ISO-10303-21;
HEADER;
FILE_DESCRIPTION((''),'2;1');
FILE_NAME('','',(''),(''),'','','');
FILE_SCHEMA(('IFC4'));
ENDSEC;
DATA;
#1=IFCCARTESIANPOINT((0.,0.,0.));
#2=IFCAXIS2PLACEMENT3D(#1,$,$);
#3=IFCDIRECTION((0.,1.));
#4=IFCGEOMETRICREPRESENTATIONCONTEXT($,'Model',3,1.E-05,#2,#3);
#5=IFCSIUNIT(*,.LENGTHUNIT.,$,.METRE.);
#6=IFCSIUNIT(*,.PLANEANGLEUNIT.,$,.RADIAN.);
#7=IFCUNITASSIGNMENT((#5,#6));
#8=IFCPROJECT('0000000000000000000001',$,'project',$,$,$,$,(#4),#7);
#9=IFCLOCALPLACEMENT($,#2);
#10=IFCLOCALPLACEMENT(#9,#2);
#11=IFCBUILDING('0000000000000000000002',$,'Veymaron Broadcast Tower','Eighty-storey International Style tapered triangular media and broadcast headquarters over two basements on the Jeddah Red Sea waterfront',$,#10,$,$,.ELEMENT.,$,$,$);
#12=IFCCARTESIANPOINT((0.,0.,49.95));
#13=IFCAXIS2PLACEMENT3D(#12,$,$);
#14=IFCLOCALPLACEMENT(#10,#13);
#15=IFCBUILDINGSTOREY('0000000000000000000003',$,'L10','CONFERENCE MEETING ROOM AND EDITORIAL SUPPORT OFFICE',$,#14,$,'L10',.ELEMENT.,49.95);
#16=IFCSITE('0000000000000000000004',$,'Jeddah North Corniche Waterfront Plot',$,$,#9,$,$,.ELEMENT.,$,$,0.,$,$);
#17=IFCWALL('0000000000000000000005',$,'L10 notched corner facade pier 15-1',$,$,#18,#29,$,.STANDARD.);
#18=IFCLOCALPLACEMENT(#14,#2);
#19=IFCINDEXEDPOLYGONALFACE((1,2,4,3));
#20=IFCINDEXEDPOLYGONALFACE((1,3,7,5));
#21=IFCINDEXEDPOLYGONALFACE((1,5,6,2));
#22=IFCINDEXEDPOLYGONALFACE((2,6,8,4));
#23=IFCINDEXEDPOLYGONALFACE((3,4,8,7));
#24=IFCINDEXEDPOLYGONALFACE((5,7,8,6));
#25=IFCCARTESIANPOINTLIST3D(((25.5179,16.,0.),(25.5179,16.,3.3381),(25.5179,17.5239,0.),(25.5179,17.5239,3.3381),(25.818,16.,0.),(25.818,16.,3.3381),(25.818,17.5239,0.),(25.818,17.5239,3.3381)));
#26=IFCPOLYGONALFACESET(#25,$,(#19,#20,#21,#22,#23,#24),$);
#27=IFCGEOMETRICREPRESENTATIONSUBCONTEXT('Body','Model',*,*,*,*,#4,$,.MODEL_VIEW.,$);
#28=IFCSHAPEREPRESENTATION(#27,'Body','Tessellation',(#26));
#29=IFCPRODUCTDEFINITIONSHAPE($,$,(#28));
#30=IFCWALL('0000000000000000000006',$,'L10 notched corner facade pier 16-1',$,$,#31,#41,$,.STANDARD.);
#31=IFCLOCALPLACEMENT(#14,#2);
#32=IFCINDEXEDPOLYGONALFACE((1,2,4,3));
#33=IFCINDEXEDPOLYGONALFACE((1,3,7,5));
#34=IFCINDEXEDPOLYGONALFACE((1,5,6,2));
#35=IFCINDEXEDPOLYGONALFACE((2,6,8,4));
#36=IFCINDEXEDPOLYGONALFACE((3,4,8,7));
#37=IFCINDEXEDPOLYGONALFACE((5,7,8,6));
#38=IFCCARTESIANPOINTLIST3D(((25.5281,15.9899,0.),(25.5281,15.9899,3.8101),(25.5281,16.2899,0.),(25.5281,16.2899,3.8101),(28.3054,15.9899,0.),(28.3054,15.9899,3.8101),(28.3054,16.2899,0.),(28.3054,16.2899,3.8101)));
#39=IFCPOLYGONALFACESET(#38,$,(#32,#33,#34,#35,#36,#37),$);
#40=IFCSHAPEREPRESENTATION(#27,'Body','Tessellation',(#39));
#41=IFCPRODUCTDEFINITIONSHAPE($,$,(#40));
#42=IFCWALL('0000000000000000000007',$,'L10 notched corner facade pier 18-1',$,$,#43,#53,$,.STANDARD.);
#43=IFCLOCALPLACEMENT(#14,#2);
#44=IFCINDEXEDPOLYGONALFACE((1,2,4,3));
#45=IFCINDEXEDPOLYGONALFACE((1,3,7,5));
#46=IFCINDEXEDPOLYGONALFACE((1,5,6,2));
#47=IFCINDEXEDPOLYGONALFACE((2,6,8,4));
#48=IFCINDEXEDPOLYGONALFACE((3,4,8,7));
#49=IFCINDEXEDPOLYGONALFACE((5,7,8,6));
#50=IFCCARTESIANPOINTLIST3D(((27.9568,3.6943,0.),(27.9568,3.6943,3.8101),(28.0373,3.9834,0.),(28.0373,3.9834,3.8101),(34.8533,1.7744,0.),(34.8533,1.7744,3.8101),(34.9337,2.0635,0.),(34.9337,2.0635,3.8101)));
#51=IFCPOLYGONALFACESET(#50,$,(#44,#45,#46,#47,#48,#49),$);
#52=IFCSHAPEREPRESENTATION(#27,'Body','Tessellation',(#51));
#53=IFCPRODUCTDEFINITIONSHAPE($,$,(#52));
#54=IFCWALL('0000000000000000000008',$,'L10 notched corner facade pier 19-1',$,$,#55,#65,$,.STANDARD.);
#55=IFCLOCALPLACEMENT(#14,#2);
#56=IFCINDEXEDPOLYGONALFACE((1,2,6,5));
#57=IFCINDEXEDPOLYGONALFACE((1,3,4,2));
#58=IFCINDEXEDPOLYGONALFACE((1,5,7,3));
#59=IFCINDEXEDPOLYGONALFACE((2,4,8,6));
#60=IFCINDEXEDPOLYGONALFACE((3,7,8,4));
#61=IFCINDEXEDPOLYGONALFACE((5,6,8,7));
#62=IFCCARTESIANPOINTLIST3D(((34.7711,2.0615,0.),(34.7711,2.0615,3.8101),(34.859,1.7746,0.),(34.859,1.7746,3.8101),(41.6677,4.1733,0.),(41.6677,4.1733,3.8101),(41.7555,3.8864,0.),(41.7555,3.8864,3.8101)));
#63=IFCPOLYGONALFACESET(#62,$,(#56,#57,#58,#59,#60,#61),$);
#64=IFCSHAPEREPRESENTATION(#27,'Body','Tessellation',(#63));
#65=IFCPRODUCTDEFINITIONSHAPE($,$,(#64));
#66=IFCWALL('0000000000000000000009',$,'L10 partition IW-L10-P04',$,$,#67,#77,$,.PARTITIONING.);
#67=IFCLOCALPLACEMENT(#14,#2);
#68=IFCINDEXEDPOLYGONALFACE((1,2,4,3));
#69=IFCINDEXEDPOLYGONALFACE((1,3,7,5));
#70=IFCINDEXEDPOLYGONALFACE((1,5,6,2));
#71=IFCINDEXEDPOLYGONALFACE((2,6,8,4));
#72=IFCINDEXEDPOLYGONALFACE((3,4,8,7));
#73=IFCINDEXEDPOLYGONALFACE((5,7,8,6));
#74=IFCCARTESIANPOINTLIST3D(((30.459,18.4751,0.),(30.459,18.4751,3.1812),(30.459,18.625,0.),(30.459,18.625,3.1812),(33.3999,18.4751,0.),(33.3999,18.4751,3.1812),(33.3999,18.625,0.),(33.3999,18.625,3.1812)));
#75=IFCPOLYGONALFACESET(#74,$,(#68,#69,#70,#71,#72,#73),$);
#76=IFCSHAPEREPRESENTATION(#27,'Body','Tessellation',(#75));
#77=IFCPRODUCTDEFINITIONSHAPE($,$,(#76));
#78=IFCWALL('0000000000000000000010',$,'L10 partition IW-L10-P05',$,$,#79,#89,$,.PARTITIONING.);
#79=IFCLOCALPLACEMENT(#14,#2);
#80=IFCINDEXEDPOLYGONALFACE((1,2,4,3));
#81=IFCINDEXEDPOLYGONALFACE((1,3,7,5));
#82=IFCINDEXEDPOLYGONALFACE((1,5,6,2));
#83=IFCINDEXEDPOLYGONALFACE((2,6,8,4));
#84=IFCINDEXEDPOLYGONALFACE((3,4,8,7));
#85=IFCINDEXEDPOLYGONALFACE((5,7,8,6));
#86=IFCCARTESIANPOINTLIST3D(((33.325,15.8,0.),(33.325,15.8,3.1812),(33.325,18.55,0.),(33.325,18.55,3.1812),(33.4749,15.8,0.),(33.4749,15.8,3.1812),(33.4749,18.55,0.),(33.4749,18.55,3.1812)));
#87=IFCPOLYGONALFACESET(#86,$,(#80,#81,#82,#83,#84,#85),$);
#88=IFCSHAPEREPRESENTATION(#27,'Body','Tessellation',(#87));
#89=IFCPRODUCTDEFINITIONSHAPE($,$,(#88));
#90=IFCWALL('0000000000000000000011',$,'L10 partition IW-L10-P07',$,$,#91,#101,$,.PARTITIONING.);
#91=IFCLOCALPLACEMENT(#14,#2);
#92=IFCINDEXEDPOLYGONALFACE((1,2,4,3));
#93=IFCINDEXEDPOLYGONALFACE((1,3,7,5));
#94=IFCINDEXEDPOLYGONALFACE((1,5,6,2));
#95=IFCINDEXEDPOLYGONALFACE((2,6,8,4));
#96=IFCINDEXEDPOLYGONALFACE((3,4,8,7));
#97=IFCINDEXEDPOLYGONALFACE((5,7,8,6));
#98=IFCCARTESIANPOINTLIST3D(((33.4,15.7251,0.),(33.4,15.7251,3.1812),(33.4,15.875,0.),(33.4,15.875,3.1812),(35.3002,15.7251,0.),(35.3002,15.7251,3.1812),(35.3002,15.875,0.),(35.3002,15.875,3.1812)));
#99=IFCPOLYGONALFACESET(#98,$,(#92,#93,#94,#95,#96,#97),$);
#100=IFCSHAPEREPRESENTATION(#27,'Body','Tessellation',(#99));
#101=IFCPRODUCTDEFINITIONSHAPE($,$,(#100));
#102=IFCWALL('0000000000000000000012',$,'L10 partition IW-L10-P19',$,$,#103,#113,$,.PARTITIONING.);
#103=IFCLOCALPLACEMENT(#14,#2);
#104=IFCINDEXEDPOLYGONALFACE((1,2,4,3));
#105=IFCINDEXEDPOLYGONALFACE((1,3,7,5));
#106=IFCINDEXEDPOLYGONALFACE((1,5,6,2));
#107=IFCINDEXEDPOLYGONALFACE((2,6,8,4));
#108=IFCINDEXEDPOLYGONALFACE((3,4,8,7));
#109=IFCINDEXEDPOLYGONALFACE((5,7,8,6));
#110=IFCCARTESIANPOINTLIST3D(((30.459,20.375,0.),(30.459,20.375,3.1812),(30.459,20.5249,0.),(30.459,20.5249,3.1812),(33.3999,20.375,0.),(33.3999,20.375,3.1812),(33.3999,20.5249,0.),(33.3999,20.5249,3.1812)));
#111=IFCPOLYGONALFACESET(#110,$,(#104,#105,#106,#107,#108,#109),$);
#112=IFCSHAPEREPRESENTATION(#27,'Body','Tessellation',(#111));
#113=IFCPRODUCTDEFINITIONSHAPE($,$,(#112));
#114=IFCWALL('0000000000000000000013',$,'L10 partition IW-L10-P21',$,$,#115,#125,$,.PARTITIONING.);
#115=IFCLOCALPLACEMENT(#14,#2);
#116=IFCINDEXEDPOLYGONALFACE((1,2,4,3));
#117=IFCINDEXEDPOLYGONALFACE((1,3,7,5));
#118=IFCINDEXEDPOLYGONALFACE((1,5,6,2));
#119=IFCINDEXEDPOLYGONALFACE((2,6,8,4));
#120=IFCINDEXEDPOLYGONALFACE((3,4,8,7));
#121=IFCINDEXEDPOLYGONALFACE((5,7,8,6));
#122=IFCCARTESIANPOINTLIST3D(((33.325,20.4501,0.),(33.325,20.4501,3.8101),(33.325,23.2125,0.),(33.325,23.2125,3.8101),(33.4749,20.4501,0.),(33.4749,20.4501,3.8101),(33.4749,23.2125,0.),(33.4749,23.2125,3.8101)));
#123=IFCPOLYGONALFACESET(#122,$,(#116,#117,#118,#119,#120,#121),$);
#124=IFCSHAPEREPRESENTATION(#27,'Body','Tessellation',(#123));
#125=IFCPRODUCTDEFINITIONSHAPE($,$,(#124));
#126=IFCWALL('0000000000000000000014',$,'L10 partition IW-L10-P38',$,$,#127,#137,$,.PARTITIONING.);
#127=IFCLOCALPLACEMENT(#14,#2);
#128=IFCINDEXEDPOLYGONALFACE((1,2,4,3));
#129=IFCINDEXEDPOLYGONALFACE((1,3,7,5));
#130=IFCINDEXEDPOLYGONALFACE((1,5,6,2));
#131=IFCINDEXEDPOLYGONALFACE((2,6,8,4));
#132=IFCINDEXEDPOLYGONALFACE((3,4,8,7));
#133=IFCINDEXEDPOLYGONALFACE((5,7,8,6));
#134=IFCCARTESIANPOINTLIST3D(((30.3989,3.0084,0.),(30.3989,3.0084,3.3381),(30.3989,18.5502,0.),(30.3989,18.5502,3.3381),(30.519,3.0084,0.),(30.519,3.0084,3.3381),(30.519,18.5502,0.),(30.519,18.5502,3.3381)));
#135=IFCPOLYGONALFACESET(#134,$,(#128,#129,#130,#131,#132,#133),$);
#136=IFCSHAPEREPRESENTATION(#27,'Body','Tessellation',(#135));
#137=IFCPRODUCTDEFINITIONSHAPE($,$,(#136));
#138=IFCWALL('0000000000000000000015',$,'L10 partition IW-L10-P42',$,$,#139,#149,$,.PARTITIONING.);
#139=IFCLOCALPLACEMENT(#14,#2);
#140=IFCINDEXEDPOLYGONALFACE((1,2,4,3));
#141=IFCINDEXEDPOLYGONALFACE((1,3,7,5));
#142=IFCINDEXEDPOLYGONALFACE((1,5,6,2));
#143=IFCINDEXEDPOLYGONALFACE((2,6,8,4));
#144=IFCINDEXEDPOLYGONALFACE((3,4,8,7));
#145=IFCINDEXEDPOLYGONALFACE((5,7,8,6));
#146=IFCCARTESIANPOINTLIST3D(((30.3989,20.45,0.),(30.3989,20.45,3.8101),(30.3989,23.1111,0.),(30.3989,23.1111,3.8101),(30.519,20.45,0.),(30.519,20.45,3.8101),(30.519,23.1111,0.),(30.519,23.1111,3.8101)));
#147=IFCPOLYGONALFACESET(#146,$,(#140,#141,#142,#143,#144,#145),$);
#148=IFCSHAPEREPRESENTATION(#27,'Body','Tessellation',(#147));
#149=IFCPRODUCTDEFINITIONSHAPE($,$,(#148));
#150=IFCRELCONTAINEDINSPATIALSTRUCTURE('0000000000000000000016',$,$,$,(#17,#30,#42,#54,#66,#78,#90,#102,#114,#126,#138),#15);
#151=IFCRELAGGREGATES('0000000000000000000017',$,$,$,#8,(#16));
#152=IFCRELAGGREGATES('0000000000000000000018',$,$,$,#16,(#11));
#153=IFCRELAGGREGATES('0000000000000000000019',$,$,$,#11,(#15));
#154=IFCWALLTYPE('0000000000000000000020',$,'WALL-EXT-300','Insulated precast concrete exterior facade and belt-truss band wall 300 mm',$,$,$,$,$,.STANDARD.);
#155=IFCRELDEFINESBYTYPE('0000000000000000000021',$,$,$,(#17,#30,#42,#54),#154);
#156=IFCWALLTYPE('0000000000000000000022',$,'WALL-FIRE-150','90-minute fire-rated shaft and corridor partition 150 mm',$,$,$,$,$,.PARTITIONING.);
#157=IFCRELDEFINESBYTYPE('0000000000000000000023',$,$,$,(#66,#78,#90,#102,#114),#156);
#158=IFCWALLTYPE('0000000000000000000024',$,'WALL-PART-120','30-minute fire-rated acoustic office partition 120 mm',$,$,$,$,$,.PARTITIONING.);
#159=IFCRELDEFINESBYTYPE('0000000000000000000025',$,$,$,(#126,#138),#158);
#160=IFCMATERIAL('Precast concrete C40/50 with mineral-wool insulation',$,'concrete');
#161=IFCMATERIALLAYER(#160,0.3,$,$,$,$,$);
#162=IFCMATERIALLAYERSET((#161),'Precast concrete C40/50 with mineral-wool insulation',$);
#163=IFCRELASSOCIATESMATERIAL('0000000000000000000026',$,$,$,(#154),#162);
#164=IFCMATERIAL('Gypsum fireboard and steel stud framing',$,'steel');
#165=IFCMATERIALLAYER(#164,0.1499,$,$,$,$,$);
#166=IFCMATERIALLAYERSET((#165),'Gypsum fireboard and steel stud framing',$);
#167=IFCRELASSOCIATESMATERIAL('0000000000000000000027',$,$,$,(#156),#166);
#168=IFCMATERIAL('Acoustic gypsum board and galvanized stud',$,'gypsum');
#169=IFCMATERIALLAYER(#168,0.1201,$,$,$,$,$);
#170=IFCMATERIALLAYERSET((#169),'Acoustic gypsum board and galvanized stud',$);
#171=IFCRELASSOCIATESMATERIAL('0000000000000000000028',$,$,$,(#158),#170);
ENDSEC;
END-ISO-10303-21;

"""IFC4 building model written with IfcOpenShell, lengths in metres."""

from ifc_helpers import new_model, si_unit, direction, frame, frame_2d, origin, place, context, subcontext, project, spatial, rectangle, extrude, material, layer, layer_set, type_object, element, save


model = new_model("IFC4")

# Units and contexts
model_context = context("Model", 3, precision=1e-05, world=origin(), true_north=direction((0.0, 1.0)))
body_context = subcontext(model_context, "Body", "Model", "MODEL_VIEW")
ifc_project = project(units=[si_unit("LENGTHUNIT", "METRE"), si_unit("PLANEANGLEUNIT", "RADIAN")], contexts=[model_context])

# Site, building, storey
site_placement = place(None, origin())
site = spatial("IfcSite", under=ifc_project, at=site_placement, Name="Jeddah North Corniche Waterfront Plot", CompositionType="ELEMENT", RefElevation=0.0)
building_placement = place(site_placement, origin())
building = spatial("IfcBuilding", under=site, at=building_placement, Name="Veymaron Broadcast Tower", Description="Eighty-storey International Style tapered triangular media and broadcast headquarters over two basements on the Jeddah Red Sea waterfront", CompositionType="ELEMENT")
storey_placement = place(building_placement, frame((0.0, 0.0, 49.95)))
storey = spatial("IfcBuildingStorey", under=building, at=storey_placement, Name="L10", Description="CONFERENCE MEETING ROOM AND EDITORIAL SUPPORT OFFICE", LongName="L10", CompositionType="ELEMENT", Elevation=49.95)

# Walls
ifc_material_1 = material(Name="Precast concrete C40/50 with mineral-wool insulation", Category="concrete")
ifc_layer_1 = layer(ifc_material_1, 0.3)
ifc_layer_set_1 = layer_set([ifc_layer_1], Name="Precast concrete C40/50 with mineral-wool insulation")
wall_type_1 = type_object("IfcWallType", Name="WALL-EXT-300", Description="Insulated precast concrete exterior facade and belt-truss band wall 300 mm", PredefinedType="STANDARD", material=ifc_layer_set_1)
wall_1_placement = place(storey_placement, frame((25.668, 17.5239, 0.0), z_axis=(0.0, 0.0, 1.0), x_axis=(0.0, -1.0, 0.0)))
element("IfcWall", 1, at=wall_1_placement, inside=storey, type_object=wall_type_1, Name="L10 notched corner facade pier 15-1", PredefinedType="STANDARD", context=body_context, shape_type="SweptSolid", body=[
    extrude(rectangle(XDim=1.5239, YDim=0.3, at=frame_2d((0.762, 0.0))), origin(), (0.0, 0.0, 1.0), 3.3381),
])
wall_2_placement = place(storey_placement, frame((25.5281, 16.1399, 0.0), z_axis=(0.0, 0.0, 1.0), x_axis=(1.0, 0.0, 0.0)))
element("IfcWall", 2, at=wall_2_placement, inside=storey, type_object=wall_type_1, Name="L10 notched corner facade pier 16-1", PredefinedType="STANDARD", context=body_context, shape_type="SweptSolid", body=[
    extrude(rectangle(XDim=2.7773, YDim=0.3, at=frame_2d((1.3887, 0.0))), origin(), (0.0, 0.0, 1.0), 3.8101),
])
wall_3_placement = place(storey_placement, frame((27.9971, 3.8389, 0.0), z_axis=(0.0, 0.0, 1.0), x_axis=(0.963365, -0.268193, 0.0)))
element("IfcWall", 3, at=wall_3_placement, inside=storey, type_object=wall_type_1, Name="L10 notched corner facade pier 18-1", PredefinedType="STANDARD", context=body_context, shape_type="SweptSolid", body=[
    extrude(rectangle(XDim=7.1587, YDim=0.3, at=frame_2d((3.5793, 0.0))), origin(), (0.0, 0.0, 1.0), 3.8101),
])
wall_4_placement = place(storey_placement, frame((34.8149, 1.918, 0.0), z_axis=(0.0, 0.0, 1.0), x_axis=(0.956175, 0.292796, 0.0)))
element("IfcWall", 4, at=wall_4_placement, inside=storey, type_object=wall_type_1, Name="L10 notched corner facade pier 19-1", PredefinedType="STANDARD", context=body_context, shape_type="SweptSolid", body=[
    extrude(rectangle(XDim=7.2126, YDim=0.3, at=frame_2d((3.6064, 0.0))), origin(), (0.0, 0.0, 1.0), 3.8101),
])
ifc_material_2 = material(Name="Gypsum fireboard and steel stud framing", Category="steel")
ifc_layer_2 = layer(ifc_material_2, 0.1499)
ifc_layer_set_2 = layer_set([ifc_layer_2], Name="Gypsum fireboard and steel stud framing")
wall_type_2 = type_object("IfcWallType", Name="WALL-FIRE-150", Description="90-minute fire-rated shaft and corridor partition 150 mm", PredefinedType="PARTITIONING", material=ifc_layer_set_2)
wall_5_placement = place(storey_placement, frame((30.459, 18.55, 0.0), z_axis=(0.0, 0.0, 1.0), x_axis=(1.0, 0.0, 0.0)))
element("IfcWall", 5, at=wall_5_placement, inside=storey, type_object=wall_type_2, Name="L10 partition IW-L10-P04", PredefinedType="PARTITIONING", context=body_context, shape_type="SweptSolid", body=[
    extrude(rectangle(XDim=2.9409, YDim=0.1499, at=frame_2d((1.4705, 0.0))), origin(), (0.0, 0.0, 1.0), 3.1812),
])
wall_6_placement = place(storey_placement, frame((33.3999, 15.8, 0.0), z_axis=(0.0, 0.0, 1.0), x_axis=(0.0, 1.0, 0.0)))
element("IfcWall", 6, at=wall_6_placement, inside=storey, type_object=wall_type_2, Name="L10 partition IW-L10-P05", PredefinedType="PARTITIONING", context=body_context, shape_type="SweptSolid", body=[
    extrude(rectangle(XDim=2.75, YDim=0.1499, at=frame_2d((1.375, 0.0))), origin(), (0.0, 0.0, 1.0), 3.1812),
])
wall_7_placement = place(storey_placement, frame((33.3999, 15.8, 0.0), z_axis=(0.0, 0.0, 1.0), x_axis=(1.0, 0.0, 0.0)))
element("IfcWall", 7, at=wall_7_placement, inside=storey, type_object=wall_type_2, Name="L10 partition IW-L10-P07", PredefinedType="PARTITIONING", context=body_context, shape_type="SweptSolid", body=[
    extrude(rectangle(XDim=1.9001, YDim=0.1499, at=frame_2d((0.9502, 0.0))), origin(), (0.0, 0.0, 1.0), 3.1812),
])
wall_8_placement = place(storey_placement, frame((30.459, 20.45, 0.0), z_axis=(0.0, 0.0, 1.0), x_axis=(1.0, 0.0, 0.0)))
element("IfcWall", 8, at=wall_8_placement, inside=storey, type_object=wall_type_2, Name="L10 partition IW-L10-P19", PredefinedType="PARTITIONING", context=body_context, shape_type="SweptSolid", body=[
    extrude(rectangle(XDim=2.9409, YDim=0.1499, at=frame_2d((1.4705, 0.0))), origin(), (0.0, 0.0, 1.0), 3.1812),
])
wall_9_placement = place(storey_placement, frame((33.3999, 20.45, 0.0), z_axis=(0.0, 0.0, 1.0), x_axis=(0.0, 1.0, 0.0)))
element("IfcWall", 9, at=wall_9_placement, inside=storey, type_object=wall_type_2, Name="L10 partition IW-L10-P21", PredefinedType="PARTITIONING", context=body_context, shape_type="SweptSolid", body=[
    extrude(rectangle(XDim=2.7625, YDim=0.1499, at=frame_2d((1.3813, 0.0))), origin(), (0.0, 0.0, 1.0), 3.8101),
])
ifc_material_3 = material(Name="Acoustic gypsum board and galvanized stud", Category="gypsum")
ifc_layer_3 = layer(ifc_material_3, 0.1201)
ifc_layer_set_3 = layer_set([ifc_layer_3], Name="Acoustic gypsum board and galvanized stud")
wall_type_3 = type_object("IfcWallType", Name="WALL-PART-120", Description="30-minute fire-rated acoustic office partition 120 mm", PredefinedType="PARTITIONING", material=ifc_layer_set_3)
wall_10_placement = place(storey_placement, frame((30.459, 3.0083, 0.0), z_axis=(0.0, 0.0, 1.0), x_axis=(0.0, 1.0, 0.0)))
element("IfcWall", 10, at=wall_10_placement, inside=storey, type_object=wall_type_3, Name="L10 partition IW-L10-P38", PredefinedType="PARTITIONING", context=body_context, shape_type="SweptSolid", body=[
    extrude(rectangle(XDim=15.5417, YDim=0.1201, at=frame_2d((7.771, 0.0))), origin(), (0.0, 0.0, 1.0), 3.3381),
])
wall_11_placement = place(storey_placement, frame((30.459, 20.45, 0.0), z_axis=(0.0, 0.0, 1.0), x_axis=(0.0, 1.0, 0.0)))
element("IfcWall", 11, at=wall_11_placement, inside=storey, type_object=wall_type_3, Name="L10 partition IW-L10-P42", PredefinedType="PARTITIONING", context=body_context, shape_type="SweptSolid", body=[
    extrude(rectangle(XDim=2.6611, YDim=0.1201, at=frame_2d((1.3306, 0.0))), origin(), (0.0, 0.0, 1.0), 3.8101),
])

save(model, "model.ifc")
